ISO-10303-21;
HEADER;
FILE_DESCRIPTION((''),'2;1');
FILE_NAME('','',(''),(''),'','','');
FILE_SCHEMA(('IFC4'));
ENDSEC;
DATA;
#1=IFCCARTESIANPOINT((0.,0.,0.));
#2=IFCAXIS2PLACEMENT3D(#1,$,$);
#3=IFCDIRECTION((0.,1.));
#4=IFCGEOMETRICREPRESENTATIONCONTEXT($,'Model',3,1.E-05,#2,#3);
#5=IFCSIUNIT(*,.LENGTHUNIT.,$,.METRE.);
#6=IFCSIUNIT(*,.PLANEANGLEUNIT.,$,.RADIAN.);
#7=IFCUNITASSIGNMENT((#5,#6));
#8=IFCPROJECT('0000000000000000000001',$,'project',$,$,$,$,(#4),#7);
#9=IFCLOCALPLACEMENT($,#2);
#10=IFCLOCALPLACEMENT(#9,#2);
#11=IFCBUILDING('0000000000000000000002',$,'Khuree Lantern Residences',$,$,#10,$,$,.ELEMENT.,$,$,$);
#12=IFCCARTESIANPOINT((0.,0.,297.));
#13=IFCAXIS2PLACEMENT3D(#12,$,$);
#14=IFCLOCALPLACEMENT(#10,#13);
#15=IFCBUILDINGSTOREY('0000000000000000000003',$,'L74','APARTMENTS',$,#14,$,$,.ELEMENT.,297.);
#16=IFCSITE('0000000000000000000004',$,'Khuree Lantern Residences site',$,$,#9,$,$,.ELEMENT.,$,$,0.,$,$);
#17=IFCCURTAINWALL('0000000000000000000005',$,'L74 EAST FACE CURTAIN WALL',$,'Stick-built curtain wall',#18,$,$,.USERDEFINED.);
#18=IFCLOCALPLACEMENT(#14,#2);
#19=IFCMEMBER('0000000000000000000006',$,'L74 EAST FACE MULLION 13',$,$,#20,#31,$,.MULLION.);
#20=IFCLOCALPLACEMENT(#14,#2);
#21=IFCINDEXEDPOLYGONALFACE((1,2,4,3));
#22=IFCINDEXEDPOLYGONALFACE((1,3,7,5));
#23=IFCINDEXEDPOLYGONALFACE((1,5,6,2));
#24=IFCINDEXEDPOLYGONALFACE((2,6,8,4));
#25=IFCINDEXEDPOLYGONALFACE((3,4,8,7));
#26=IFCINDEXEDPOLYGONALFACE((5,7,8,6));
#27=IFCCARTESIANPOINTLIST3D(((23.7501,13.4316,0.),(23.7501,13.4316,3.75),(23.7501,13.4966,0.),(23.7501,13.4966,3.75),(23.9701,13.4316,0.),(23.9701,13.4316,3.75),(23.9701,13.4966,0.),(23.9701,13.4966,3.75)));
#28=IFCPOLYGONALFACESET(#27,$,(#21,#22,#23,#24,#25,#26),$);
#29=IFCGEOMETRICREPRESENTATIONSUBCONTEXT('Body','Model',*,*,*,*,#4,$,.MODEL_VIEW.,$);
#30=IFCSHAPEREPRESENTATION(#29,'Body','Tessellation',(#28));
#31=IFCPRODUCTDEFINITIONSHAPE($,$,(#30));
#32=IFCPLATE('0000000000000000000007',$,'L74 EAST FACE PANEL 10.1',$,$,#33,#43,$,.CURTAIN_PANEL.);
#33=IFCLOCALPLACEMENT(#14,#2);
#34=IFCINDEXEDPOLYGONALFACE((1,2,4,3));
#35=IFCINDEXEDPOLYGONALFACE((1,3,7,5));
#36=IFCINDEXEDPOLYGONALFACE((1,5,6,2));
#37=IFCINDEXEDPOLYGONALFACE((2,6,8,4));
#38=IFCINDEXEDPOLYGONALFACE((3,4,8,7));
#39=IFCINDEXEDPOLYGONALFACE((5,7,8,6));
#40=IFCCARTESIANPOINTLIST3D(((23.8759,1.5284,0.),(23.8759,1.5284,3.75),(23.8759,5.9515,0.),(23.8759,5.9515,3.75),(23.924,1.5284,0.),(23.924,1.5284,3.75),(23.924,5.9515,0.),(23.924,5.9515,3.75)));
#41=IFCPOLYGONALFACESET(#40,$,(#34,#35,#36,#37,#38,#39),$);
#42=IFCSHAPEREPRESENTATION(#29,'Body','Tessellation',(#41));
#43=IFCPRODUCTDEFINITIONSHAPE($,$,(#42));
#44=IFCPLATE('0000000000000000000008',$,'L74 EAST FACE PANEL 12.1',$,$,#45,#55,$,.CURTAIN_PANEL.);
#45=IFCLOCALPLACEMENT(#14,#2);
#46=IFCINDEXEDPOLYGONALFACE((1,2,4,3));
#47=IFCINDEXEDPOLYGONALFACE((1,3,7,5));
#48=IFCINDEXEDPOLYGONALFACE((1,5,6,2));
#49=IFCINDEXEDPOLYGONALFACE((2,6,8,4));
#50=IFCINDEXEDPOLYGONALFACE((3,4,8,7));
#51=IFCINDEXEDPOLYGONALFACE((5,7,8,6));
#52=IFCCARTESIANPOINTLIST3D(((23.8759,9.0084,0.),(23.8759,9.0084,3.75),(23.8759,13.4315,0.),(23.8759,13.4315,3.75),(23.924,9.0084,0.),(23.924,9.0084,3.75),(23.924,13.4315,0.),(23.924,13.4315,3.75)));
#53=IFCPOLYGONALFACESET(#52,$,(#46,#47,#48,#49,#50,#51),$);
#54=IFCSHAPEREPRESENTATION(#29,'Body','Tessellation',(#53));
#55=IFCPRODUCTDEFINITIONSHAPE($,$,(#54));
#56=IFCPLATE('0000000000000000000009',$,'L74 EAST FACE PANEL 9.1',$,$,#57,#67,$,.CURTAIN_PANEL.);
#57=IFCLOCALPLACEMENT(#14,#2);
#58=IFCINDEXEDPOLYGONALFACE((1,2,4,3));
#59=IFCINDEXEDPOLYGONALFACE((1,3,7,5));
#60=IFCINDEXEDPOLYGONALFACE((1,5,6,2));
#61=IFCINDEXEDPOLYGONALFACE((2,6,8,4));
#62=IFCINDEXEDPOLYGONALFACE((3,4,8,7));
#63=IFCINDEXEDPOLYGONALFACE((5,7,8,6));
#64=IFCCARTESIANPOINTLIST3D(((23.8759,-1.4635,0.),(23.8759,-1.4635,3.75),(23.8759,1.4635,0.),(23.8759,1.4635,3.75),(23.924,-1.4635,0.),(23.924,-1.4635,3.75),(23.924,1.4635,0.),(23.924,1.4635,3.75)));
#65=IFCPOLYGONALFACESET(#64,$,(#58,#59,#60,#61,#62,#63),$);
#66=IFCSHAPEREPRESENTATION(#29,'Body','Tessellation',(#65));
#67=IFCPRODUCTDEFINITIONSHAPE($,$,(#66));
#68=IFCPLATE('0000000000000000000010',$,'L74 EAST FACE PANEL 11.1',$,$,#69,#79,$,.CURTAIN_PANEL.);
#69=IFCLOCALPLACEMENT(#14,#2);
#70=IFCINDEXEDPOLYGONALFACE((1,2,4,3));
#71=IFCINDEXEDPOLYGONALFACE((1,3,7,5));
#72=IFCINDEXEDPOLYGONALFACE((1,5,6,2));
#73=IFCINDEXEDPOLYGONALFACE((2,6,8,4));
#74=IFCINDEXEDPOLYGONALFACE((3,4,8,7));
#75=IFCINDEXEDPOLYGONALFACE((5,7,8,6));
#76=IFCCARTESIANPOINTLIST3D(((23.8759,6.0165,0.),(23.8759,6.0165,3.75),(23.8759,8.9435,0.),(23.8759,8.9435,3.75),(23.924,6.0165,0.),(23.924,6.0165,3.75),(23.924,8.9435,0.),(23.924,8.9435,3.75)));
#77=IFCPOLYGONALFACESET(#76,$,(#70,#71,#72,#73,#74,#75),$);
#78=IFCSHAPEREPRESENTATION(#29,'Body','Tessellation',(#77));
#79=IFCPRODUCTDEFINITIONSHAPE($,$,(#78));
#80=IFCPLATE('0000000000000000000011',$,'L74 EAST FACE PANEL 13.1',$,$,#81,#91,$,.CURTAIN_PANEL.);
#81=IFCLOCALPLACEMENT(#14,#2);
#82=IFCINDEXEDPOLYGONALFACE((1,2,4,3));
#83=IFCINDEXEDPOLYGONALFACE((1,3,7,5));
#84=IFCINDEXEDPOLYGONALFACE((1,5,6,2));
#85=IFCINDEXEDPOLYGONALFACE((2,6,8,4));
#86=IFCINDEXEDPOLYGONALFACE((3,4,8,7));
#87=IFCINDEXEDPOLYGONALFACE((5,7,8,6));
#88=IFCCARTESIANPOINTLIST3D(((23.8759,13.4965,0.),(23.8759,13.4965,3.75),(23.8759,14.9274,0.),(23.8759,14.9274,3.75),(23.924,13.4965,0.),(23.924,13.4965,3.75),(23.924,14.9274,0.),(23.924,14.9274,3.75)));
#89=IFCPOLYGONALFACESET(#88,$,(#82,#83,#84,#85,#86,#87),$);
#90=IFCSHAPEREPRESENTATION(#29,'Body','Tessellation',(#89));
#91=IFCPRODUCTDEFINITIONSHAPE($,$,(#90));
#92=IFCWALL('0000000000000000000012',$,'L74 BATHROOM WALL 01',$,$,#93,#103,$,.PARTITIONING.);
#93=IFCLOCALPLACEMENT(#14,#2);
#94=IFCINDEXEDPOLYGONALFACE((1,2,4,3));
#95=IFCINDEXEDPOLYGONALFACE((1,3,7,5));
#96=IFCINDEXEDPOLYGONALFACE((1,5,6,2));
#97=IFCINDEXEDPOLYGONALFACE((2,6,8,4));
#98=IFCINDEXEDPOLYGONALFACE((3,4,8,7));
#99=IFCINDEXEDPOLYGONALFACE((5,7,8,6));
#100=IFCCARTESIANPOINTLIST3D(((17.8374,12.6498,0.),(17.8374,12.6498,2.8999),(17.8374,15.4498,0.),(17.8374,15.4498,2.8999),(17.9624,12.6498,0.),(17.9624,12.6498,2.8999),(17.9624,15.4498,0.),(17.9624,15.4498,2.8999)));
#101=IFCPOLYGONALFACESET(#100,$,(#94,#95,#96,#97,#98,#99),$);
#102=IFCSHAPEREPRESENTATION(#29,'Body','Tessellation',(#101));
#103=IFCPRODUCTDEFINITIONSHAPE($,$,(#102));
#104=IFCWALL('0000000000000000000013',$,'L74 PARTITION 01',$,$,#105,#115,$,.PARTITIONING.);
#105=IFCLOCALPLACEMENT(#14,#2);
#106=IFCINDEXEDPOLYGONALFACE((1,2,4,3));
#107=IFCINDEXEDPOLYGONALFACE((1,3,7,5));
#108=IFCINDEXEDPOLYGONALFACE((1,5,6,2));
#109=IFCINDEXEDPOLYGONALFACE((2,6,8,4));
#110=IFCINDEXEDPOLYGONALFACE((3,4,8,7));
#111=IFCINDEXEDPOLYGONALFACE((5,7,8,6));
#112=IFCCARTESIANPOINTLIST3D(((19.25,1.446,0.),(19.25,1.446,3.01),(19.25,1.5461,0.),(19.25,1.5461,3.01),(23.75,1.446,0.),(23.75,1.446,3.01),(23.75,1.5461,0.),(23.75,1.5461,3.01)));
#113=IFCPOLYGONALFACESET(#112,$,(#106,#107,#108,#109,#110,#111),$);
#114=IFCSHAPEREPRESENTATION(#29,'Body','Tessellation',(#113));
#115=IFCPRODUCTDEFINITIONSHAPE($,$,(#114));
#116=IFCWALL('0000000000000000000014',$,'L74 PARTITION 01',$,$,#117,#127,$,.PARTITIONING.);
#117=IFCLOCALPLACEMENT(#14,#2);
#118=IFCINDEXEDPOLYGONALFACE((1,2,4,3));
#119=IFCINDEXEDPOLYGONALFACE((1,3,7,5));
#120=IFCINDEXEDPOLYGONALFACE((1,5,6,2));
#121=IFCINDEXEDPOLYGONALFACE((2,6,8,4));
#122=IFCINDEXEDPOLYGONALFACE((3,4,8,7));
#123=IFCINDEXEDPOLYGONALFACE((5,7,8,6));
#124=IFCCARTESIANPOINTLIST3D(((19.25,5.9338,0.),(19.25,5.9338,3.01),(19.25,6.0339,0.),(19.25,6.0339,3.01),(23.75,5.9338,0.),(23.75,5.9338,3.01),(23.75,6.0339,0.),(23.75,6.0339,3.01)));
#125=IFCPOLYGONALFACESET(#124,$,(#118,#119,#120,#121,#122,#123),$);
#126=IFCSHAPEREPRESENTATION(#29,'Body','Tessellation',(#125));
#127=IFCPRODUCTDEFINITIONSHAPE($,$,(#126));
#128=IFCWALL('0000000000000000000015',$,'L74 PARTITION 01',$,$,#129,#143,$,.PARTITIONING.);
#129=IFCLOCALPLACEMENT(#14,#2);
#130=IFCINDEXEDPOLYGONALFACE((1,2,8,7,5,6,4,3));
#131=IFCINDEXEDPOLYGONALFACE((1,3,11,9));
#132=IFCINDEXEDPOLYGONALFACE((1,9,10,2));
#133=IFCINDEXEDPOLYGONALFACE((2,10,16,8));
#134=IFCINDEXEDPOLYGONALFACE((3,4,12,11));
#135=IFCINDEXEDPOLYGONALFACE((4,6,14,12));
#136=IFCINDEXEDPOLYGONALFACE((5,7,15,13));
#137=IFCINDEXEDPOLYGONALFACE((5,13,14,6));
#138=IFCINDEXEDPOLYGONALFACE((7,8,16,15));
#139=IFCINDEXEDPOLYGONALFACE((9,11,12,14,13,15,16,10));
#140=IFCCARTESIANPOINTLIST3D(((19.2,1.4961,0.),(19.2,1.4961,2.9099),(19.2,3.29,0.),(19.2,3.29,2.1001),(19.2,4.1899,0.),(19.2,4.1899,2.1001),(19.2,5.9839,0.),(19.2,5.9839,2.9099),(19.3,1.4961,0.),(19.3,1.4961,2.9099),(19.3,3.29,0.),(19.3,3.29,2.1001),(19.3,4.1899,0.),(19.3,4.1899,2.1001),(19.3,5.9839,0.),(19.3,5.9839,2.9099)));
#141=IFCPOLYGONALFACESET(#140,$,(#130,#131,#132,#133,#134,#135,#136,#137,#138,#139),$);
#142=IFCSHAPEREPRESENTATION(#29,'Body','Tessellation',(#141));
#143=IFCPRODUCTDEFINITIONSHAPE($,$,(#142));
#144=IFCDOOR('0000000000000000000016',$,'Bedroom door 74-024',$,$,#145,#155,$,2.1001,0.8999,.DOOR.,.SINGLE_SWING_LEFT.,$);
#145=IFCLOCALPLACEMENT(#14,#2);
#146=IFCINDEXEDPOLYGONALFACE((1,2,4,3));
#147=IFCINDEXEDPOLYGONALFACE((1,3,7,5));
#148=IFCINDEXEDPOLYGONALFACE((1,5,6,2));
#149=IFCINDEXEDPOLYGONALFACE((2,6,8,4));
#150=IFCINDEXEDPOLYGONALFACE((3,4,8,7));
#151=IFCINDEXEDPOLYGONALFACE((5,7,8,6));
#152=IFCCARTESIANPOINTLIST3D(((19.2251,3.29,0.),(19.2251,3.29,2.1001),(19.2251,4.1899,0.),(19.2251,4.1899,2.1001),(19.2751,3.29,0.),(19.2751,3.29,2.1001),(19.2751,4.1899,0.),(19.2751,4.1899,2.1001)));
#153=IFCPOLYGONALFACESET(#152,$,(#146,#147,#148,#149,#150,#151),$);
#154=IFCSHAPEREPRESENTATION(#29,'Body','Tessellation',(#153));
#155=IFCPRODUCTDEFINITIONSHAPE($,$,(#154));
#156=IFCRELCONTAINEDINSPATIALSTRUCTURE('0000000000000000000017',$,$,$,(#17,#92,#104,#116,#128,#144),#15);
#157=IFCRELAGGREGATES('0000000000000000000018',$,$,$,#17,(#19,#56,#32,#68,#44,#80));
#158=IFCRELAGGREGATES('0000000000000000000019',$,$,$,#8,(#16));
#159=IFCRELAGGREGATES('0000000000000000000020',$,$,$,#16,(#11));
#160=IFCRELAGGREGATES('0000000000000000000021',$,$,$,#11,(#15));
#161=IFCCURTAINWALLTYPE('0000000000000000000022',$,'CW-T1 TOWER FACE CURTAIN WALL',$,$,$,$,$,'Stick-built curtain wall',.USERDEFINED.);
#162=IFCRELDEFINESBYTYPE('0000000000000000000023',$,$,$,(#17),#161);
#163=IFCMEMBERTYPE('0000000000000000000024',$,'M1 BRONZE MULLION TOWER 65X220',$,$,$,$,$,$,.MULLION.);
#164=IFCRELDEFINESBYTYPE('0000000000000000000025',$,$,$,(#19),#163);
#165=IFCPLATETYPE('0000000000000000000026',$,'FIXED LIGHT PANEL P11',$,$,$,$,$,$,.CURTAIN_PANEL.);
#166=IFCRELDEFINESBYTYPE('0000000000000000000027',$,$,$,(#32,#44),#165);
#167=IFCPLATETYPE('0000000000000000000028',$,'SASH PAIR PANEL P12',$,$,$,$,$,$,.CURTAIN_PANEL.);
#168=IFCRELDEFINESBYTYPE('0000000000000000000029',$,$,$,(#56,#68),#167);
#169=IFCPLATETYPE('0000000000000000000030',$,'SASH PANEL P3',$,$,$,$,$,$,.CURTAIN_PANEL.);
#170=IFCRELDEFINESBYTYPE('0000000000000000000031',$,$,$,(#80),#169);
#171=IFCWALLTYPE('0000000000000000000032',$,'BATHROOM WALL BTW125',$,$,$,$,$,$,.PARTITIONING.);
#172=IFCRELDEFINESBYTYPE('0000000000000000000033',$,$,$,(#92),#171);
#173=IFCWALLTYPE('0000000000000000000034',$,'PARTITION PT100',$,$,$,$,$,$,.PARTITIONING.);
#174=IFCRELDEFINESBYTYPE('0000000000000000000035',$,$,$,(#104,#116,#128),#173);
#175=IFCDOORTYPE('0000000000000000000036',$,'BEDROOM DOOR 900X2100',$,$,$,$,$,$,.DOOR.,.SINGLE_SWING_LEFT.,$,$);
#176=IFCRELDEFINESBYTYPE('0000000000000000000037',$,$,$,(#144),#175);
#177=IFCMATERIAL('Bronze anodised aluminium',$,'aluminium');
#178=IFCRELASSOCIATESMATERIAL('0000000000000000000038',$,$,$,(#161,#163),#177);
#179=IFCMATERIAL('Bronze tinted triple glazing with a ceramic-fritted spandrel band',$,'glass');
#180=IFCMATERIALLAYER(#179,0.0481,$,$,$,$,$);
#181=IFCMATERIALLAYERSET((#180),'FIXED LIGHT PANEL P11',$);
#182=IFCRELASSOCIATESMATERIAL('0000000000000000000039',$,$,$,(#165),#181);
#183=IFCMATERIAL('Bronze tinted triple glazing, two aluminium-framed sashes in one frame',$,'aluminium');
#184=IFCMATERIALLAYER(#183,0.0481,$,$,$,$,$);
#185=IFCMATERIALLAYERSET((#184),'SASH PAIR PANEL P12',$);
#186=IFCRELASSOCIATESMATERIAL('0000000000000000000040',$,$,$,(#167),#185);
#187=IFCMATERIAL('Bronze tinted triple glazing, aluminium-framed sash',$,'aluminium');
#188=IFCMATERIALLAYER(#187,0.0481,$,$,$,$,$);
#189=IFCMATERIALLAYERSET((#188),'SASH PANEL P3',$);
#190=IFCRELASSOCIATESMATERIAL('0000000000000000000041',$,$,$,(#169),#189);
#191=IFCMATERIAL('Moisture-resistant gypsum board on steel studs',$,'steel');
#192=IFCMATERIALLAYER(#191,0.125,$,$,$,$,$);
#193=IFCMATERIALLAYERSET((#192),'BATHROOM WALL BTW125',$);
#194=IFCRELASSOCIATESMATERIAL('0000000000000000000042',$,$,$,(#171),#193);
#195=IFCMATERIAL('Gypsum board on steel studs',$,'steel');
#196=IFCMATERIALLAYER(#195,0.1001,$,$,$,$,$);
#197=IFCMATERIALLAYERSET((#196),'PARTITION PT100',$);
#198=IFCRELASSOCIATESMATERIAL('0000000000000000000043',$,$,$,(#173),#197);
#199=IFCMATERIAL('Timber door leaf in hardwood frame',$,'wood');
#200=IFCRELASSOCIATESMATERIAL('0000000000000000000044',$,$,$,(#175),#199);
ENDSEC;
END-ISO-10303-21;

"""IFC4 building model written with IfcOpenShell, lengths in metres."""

from ifc_helpers import new_model, si_unit, direction, frame, frame_2d, origin, origin_2d, place, context, subcontext, project, spatial, rectangle, extrude, material, layer, layer_set, material_profile, profile_set, type_object, element, fill, aggregate, save


model = new_model("IFC4")

# Units and contexts
model_context = context("Model", 3, precision=1e-05, world=origin(), true_north=direction((0.0, 1.0)))
body_context = subcontext(model_context, "Body", "Model", "MODEL_VIEW")
ifc_project = project(units=[si_unit("LENGTHUNIT", "METRE"), si_unit("PLANEANGLEUNIT", "RADIAN")], contexts=[model_context])

# Site, building, storey
site_placement = place(None, origin())
site = spatial("IfcSite", under=ifc_project, at=site_placement, Name="Khuree Lantern Residences site", CompositionType="ELEMENT", RefElevation=0.0)
building_placement = place(site_placement, origin())
building = spatial("IfcBuilding", under=site, at=building_placement, Name="Khuree Lantern Residences", CompositionType="ELEMENT")
storey_placement = place(building_placement, frame((0.0, 0.0, 297.0)))
storey = spatial("IfcBuildingStorey", under=building, at=storey_placement, Name="L74", Description="APARTMENTS", CompositionType="ELEMENT", Elevation=297.0)

# Curtain wall
ifc_material_1 = material(Name="Bronze anodised aluminium", Category="aluminium")
curtain_wall_type = type_object("IfcCurtainWallType", Name="CW-T1 TOWER FACE CURTAIN WALL", ElementType="Stick-built curtain wall", PredefinedType="USERDEFINED", material=ifc_material_1)
curtain_wall_placement = place(storey_placement, origin())
curtain_wall = element("IfcCurtainWall", 1, at=curtain_wall_placement, inside=storey, type_object=curtain_wall_type, Name="L74 EAST FACE CURTAIN WALL", ObjectType="Stick-built curtain wall", PredefinedType="USERDEFINED")

# Member
ifc_material_profile_1 = material_profile(ifc_material_1, rectangle(XDim=0.0649, YDim=0.22, at=origin_2d()), Name="M1 65X220")
ifc_profile_set_1 = profile_set([ifc_material_profile_1], Name="Bronze anodised aluminium")
member_type_1 = type_object("IfcMemberType", Name="M1 BRONZE MULLION TOWER 65X220", PredefinedType="MULLION", material=ifc_profile_set_1)
member_1_placement = place(storey_placement, frame((23.8601, 13.4641, 0.0), z_axis=(0.0, 0.0, 1.0), x_axis=(0.0, 1.0, 0.0)))
member_1 = element("IfcMember", 2, at=member_1_placement, type_object=member_type_1, Name="L74 EAST FACE MULLION 13", PredefinedType="MULLION", context=body_context, shape_type="SweptSolid", body=[
    extrude(rectangle(XDim=0.0649, YDim=0.22, at=origin_2d()), origin(), (0.0, 0.0, 1.0), 3.75),
])

# Plates
ifc_material_2 = material(Name="Bronze tinted triple glazing with a ceramic-fritted spandrel band", Category="glass")
ifc_layer_1 = layer(ifc_material_2, 0.0481)
ifc_layer_set_1 = layer_set([ifc_layer_1], Name="FIXED LIGHT PANEL P11")
plate_type_1 = type_object("IfcPlateType", Name="FIXED LIGHT PANEL P11", PredefinedType="CURTAIN_PANEL", material=ifc_layer_set_1)
plate_1_placement = place(storey_placement, frame((23.8999, 3.74, 0.0), z_axis=(0.0, 0.0, 1.0), x_axis=(0.0, 1.0, 0.0)))
plate_1 = element("IfcPlate", 3, at=plate_1_placement, type_object=plate_type_1, Name="L74 EAST FACE PANEL 10.1", PredefinedType="CURTAIN_PANEL", context=body_context, shape_type="SweptSolid", body=[
    extrude(rectangle(XDim=4.4231, YDim=0.0481, at=origin_2d()), origin(), (0.0, 0.0, 1.0), 3.75),
])
plate_2_placement = place(storey_placement, frame((23.8999, 11.22, 0.0), z_axis=(0.0, 0.0, 1.0), x_axis=(0.0, 1.0, 0.0)))
plate_2 = element("IfcPlate", 4, at=plate_2_placement, type_object=plate_type_1, Name="L74 EAST FACE PANEL 12.1", PredefinedType="CURTAIN_PANEL", context=body_context, shape_type="SweptSolid", body=[
    extrude(rectangle(XDim=4.4231, YDim=0.0481, at=origin_2d()), origin(), (0.0, 0.0, 1.0), 3.75),
])
ifc_material_3 = material(Name="Bronze tinted triple glazing, two aluminium-framed sashes in one frame", Category="aluminium")
ifc_layer_2 = layer(ifc_material_3, 0.0481)
ifc_layer_set_2 = layer_set([ifc_layer_2], Name="SASH PAIR PANEL P12")
plate_type_2 = type_object("IfcPlateType", Name="SASH PAIR PANEL P12", PredefinedType="CURTAIN_PANEL", material=ifc_layer_set_2)
plate_3_placement = place(storey_placement, frame((23.8999, 0.0, 0.0), z_axis=(0.0, 0.0, 1.0), x_axis=(0.0, 1.0, 0.0)))
plate_3 = element("IfcPlate", 5, at=plate_3_placement, type_object=plate_type_2, Name="L74 EAST FACE PANEL 9.1", PredefinedType="CURTAIN_PANEL", context=body_context, shape_type="SweptSolid", body=[
    extrude(rectangle(XDim=2.927, YDim=0.0481, at=origin_2d()), origin(), (0.0, 0.0, 1.0), 3.75),
])
plate_4_placement = place(storey_placement, frame((23.8999, 7.48, 0.0), z_axis=(0.0, 0.0, 1.0), x_axis=(0.0, 1.0, 0.0)))
plate_4 = element("IfcPlate", 6, at=plate_4_placement, type_object=plate_type_2, Name="L74 EAST FACE PANEL 11.1", PredefinedType="CURTAIN_PANEL", context=body_context, shape_type="SweptSolid", body=[
    extrude(rectangle(XDim=2.927, YDim=0.0481, at=origin_2d()), origin(), (0.0, 0.0, 1.0), 3.75),
])
ifc_material_4 = material(Name="Bronze tinted triple glazing, aluminium-framed sash", Category="aluminium")
ifc_layer_3 = layer(ifc_material_4, 0.0481)
ifc_layer_set_3 = layer_set([ifc_layer_3], Name="SASH PANEL P3")
plate_type_3 = type_object("IfcPlateType", Name="SASH PANEL P3", PredefinedType="CURTAIN_PANEL", material=ifc_layer_set_3)
plate_5_placement = place(storey_placement, frame((23.8999, 14.2119, 0.0), z_axis=(0.0, 0.0, 1.0), x_axis=(0.0, 1.0, 0.0)))
plate_5 = element("IfcPlate", 7, at=plate_5_placement, type_object=plate_type_3, Name="L74 EAST FACE PANEL 13.1", PredefinedType="CURTAIN_PANEL", context=body_context, shape_type="SweptSolid", body=[
    extrude(rectangle(XDim=1.4309, YDim=0.0481, at=origin_2d()), origin(), (0.0, 0.0, 1.0), 3.75),
])
aggregate(curtain_wall, [member_1, plate_3, plate_1, plate_4, plate_2, plate_5])

# Walls
ifc_material_5 = material(Name="Moisture-resistant gypsum board on steel studs", Category="steel")
ifc_layer_4 = layer(ifc_material_5, 0.125)
ifc_layer_set_4 = layer_set([ifc_layer_4], Name="BATHROOM WALL BTW125")
wall_type_1 = type_object("IfcWallType", Name="BATHROOM WALL BTW125", PredefinedType="PARTITIONING", material=ifc_layer_set_4)
wall_1_placement = place(storey_placement, frame((17.8999, 12.6499, 0.0), z_axis=(0.0, 0.0, 1.0), x_axis=(0.0, 1.0, 0.0)))
element("IfcWall", 8, at=wall_1_placement, inside=storey, type_object=wall_type_1, Name="L74 BATHROOM WALL 01", PredefinedType="PARTITIONING", context=body_context, shape_type="SweptSolid", body=[
    extrude(rectangle(XDim=2.8, YDim=0.125, at=frame_2d((1.3999, 0.0))), origin(), (0.0, 0.0, 1.0), 2.8999),
])
ifc_material_6 = material(Name="Gypsum board on steel studs", Category="steel")
ifc_layer_5 = layer(ifc_material_6, 0.1001)
ifc_layer_set_5 = layer_set([ifc_layer_5], Name="PARTITION PT100")
wall_type_2 = type_object("IfcWallType", Name="PARTITION PT100", PredefinedType="PARTITIONING", material=ifc_layer_set_5)
for number, where, z_axis, x_axis, name in (
    (9, (19.25, 1.4961, 0.0), (0.0, 0.0, 1.0), (1.0, 0.0, 0.0), "L74 PARTITION 01"),
    (10, (19.25, 5.9839, 0.0), (0.0, 0.0, 1.0), (1.0, 0.0, 0.0), "L74 PARTITION 01"),
):
    element("IfcWall", number, at=place(storey_placement, frame(where, z_axis=z_axis, x_axis=x_axis)), inside=storey, type_object=wall_type_2, Name=name, PredefinedType="PARTITIONING", context=body_context, shape_type="SweptSolid", body=[
        extrude(rectangle(XDim=4.5, YDim=0.1001, at=frame_2d((2.25, 0.0))), origin(), (0.0, 0.0, 1.0), 3.01),
    ])

# Wall, opening, door
wall_2_placement = place(storey_placement, frame((19.25, 1.4961, 0.0), z_axis=(0.0, 0.0, 1.0), x_axis=(0.0, 1.0, 0.0)))
wall_2 = element("IfcWall", 11, at=wall_2_placement, inside=storey, type_object=wall_type_2, Name="L74 PARTITION 01", PredefinedType="PARTITIONING", context=body_context, shape_type="SweptSolid", body=[
    extrude(rectangle(XDim=4.4878, YDim=0.1001, at=frame_2d((2.2439, 0.0))), origin(), (0.0, 0.0, 1.0), 2.9099),
])
opening_placement = place(wall_2_placement, frame((1.7939, 0.0, 0.0)))
opening = element("IfcOpeningElement", 12, at=opening_placement, cuts=wall_2, PredefinedType="OPENING", context=body_context, shape_type="SweptSolid", body=[
    extrude(rectangle(XDim=0.8999, YDim=2.1001, at=frame_2d((0.45, 1.05))), frame((0.0, 0.0601, 0.0), z_axis=(0.0, -1.0, 0.0), x_axis=(1.0, 0.0, 0.0)), (0.0, 0.0, 1.0), 0.1201),
])
ifc_material_7 = material(Name="Timber door leaf in hardwood frame", Category="wood")
door_type = type_object("IfcDoorType", Name="BEDROOM DOOR 900X2100", OperationType="SINGLE_SWING_LEFT", PredefinedType="DOOR", material=ifc_material_7)
door_placement = place(opening_placement, origin())
door = element("IfcDoor", 13, at=door_placement, inside=storey, type_object=door_type, Name="Bedroom door 74-024", OperationType="SINGLE_SWING_LEFT", OverallHeight=2.1001, OverallWidth=0.8999, PredefinedType="DOOR", context=body_context, shape_type="SweptSolid", body=[
    extrude(rectangle(XDim=0.8999, YDim=2.1001, at=frame_2d((0.45, 1.05))), frame((0.0, 0.0249, 0.0), z_axis=(0.0, -1.0, 0.0), x_axis=(1.0, 0.0, 0.0)), (0.0, 0.0, 1.0), 0.05),
])
fill(opening, door)

save(model, "model.ifc")
